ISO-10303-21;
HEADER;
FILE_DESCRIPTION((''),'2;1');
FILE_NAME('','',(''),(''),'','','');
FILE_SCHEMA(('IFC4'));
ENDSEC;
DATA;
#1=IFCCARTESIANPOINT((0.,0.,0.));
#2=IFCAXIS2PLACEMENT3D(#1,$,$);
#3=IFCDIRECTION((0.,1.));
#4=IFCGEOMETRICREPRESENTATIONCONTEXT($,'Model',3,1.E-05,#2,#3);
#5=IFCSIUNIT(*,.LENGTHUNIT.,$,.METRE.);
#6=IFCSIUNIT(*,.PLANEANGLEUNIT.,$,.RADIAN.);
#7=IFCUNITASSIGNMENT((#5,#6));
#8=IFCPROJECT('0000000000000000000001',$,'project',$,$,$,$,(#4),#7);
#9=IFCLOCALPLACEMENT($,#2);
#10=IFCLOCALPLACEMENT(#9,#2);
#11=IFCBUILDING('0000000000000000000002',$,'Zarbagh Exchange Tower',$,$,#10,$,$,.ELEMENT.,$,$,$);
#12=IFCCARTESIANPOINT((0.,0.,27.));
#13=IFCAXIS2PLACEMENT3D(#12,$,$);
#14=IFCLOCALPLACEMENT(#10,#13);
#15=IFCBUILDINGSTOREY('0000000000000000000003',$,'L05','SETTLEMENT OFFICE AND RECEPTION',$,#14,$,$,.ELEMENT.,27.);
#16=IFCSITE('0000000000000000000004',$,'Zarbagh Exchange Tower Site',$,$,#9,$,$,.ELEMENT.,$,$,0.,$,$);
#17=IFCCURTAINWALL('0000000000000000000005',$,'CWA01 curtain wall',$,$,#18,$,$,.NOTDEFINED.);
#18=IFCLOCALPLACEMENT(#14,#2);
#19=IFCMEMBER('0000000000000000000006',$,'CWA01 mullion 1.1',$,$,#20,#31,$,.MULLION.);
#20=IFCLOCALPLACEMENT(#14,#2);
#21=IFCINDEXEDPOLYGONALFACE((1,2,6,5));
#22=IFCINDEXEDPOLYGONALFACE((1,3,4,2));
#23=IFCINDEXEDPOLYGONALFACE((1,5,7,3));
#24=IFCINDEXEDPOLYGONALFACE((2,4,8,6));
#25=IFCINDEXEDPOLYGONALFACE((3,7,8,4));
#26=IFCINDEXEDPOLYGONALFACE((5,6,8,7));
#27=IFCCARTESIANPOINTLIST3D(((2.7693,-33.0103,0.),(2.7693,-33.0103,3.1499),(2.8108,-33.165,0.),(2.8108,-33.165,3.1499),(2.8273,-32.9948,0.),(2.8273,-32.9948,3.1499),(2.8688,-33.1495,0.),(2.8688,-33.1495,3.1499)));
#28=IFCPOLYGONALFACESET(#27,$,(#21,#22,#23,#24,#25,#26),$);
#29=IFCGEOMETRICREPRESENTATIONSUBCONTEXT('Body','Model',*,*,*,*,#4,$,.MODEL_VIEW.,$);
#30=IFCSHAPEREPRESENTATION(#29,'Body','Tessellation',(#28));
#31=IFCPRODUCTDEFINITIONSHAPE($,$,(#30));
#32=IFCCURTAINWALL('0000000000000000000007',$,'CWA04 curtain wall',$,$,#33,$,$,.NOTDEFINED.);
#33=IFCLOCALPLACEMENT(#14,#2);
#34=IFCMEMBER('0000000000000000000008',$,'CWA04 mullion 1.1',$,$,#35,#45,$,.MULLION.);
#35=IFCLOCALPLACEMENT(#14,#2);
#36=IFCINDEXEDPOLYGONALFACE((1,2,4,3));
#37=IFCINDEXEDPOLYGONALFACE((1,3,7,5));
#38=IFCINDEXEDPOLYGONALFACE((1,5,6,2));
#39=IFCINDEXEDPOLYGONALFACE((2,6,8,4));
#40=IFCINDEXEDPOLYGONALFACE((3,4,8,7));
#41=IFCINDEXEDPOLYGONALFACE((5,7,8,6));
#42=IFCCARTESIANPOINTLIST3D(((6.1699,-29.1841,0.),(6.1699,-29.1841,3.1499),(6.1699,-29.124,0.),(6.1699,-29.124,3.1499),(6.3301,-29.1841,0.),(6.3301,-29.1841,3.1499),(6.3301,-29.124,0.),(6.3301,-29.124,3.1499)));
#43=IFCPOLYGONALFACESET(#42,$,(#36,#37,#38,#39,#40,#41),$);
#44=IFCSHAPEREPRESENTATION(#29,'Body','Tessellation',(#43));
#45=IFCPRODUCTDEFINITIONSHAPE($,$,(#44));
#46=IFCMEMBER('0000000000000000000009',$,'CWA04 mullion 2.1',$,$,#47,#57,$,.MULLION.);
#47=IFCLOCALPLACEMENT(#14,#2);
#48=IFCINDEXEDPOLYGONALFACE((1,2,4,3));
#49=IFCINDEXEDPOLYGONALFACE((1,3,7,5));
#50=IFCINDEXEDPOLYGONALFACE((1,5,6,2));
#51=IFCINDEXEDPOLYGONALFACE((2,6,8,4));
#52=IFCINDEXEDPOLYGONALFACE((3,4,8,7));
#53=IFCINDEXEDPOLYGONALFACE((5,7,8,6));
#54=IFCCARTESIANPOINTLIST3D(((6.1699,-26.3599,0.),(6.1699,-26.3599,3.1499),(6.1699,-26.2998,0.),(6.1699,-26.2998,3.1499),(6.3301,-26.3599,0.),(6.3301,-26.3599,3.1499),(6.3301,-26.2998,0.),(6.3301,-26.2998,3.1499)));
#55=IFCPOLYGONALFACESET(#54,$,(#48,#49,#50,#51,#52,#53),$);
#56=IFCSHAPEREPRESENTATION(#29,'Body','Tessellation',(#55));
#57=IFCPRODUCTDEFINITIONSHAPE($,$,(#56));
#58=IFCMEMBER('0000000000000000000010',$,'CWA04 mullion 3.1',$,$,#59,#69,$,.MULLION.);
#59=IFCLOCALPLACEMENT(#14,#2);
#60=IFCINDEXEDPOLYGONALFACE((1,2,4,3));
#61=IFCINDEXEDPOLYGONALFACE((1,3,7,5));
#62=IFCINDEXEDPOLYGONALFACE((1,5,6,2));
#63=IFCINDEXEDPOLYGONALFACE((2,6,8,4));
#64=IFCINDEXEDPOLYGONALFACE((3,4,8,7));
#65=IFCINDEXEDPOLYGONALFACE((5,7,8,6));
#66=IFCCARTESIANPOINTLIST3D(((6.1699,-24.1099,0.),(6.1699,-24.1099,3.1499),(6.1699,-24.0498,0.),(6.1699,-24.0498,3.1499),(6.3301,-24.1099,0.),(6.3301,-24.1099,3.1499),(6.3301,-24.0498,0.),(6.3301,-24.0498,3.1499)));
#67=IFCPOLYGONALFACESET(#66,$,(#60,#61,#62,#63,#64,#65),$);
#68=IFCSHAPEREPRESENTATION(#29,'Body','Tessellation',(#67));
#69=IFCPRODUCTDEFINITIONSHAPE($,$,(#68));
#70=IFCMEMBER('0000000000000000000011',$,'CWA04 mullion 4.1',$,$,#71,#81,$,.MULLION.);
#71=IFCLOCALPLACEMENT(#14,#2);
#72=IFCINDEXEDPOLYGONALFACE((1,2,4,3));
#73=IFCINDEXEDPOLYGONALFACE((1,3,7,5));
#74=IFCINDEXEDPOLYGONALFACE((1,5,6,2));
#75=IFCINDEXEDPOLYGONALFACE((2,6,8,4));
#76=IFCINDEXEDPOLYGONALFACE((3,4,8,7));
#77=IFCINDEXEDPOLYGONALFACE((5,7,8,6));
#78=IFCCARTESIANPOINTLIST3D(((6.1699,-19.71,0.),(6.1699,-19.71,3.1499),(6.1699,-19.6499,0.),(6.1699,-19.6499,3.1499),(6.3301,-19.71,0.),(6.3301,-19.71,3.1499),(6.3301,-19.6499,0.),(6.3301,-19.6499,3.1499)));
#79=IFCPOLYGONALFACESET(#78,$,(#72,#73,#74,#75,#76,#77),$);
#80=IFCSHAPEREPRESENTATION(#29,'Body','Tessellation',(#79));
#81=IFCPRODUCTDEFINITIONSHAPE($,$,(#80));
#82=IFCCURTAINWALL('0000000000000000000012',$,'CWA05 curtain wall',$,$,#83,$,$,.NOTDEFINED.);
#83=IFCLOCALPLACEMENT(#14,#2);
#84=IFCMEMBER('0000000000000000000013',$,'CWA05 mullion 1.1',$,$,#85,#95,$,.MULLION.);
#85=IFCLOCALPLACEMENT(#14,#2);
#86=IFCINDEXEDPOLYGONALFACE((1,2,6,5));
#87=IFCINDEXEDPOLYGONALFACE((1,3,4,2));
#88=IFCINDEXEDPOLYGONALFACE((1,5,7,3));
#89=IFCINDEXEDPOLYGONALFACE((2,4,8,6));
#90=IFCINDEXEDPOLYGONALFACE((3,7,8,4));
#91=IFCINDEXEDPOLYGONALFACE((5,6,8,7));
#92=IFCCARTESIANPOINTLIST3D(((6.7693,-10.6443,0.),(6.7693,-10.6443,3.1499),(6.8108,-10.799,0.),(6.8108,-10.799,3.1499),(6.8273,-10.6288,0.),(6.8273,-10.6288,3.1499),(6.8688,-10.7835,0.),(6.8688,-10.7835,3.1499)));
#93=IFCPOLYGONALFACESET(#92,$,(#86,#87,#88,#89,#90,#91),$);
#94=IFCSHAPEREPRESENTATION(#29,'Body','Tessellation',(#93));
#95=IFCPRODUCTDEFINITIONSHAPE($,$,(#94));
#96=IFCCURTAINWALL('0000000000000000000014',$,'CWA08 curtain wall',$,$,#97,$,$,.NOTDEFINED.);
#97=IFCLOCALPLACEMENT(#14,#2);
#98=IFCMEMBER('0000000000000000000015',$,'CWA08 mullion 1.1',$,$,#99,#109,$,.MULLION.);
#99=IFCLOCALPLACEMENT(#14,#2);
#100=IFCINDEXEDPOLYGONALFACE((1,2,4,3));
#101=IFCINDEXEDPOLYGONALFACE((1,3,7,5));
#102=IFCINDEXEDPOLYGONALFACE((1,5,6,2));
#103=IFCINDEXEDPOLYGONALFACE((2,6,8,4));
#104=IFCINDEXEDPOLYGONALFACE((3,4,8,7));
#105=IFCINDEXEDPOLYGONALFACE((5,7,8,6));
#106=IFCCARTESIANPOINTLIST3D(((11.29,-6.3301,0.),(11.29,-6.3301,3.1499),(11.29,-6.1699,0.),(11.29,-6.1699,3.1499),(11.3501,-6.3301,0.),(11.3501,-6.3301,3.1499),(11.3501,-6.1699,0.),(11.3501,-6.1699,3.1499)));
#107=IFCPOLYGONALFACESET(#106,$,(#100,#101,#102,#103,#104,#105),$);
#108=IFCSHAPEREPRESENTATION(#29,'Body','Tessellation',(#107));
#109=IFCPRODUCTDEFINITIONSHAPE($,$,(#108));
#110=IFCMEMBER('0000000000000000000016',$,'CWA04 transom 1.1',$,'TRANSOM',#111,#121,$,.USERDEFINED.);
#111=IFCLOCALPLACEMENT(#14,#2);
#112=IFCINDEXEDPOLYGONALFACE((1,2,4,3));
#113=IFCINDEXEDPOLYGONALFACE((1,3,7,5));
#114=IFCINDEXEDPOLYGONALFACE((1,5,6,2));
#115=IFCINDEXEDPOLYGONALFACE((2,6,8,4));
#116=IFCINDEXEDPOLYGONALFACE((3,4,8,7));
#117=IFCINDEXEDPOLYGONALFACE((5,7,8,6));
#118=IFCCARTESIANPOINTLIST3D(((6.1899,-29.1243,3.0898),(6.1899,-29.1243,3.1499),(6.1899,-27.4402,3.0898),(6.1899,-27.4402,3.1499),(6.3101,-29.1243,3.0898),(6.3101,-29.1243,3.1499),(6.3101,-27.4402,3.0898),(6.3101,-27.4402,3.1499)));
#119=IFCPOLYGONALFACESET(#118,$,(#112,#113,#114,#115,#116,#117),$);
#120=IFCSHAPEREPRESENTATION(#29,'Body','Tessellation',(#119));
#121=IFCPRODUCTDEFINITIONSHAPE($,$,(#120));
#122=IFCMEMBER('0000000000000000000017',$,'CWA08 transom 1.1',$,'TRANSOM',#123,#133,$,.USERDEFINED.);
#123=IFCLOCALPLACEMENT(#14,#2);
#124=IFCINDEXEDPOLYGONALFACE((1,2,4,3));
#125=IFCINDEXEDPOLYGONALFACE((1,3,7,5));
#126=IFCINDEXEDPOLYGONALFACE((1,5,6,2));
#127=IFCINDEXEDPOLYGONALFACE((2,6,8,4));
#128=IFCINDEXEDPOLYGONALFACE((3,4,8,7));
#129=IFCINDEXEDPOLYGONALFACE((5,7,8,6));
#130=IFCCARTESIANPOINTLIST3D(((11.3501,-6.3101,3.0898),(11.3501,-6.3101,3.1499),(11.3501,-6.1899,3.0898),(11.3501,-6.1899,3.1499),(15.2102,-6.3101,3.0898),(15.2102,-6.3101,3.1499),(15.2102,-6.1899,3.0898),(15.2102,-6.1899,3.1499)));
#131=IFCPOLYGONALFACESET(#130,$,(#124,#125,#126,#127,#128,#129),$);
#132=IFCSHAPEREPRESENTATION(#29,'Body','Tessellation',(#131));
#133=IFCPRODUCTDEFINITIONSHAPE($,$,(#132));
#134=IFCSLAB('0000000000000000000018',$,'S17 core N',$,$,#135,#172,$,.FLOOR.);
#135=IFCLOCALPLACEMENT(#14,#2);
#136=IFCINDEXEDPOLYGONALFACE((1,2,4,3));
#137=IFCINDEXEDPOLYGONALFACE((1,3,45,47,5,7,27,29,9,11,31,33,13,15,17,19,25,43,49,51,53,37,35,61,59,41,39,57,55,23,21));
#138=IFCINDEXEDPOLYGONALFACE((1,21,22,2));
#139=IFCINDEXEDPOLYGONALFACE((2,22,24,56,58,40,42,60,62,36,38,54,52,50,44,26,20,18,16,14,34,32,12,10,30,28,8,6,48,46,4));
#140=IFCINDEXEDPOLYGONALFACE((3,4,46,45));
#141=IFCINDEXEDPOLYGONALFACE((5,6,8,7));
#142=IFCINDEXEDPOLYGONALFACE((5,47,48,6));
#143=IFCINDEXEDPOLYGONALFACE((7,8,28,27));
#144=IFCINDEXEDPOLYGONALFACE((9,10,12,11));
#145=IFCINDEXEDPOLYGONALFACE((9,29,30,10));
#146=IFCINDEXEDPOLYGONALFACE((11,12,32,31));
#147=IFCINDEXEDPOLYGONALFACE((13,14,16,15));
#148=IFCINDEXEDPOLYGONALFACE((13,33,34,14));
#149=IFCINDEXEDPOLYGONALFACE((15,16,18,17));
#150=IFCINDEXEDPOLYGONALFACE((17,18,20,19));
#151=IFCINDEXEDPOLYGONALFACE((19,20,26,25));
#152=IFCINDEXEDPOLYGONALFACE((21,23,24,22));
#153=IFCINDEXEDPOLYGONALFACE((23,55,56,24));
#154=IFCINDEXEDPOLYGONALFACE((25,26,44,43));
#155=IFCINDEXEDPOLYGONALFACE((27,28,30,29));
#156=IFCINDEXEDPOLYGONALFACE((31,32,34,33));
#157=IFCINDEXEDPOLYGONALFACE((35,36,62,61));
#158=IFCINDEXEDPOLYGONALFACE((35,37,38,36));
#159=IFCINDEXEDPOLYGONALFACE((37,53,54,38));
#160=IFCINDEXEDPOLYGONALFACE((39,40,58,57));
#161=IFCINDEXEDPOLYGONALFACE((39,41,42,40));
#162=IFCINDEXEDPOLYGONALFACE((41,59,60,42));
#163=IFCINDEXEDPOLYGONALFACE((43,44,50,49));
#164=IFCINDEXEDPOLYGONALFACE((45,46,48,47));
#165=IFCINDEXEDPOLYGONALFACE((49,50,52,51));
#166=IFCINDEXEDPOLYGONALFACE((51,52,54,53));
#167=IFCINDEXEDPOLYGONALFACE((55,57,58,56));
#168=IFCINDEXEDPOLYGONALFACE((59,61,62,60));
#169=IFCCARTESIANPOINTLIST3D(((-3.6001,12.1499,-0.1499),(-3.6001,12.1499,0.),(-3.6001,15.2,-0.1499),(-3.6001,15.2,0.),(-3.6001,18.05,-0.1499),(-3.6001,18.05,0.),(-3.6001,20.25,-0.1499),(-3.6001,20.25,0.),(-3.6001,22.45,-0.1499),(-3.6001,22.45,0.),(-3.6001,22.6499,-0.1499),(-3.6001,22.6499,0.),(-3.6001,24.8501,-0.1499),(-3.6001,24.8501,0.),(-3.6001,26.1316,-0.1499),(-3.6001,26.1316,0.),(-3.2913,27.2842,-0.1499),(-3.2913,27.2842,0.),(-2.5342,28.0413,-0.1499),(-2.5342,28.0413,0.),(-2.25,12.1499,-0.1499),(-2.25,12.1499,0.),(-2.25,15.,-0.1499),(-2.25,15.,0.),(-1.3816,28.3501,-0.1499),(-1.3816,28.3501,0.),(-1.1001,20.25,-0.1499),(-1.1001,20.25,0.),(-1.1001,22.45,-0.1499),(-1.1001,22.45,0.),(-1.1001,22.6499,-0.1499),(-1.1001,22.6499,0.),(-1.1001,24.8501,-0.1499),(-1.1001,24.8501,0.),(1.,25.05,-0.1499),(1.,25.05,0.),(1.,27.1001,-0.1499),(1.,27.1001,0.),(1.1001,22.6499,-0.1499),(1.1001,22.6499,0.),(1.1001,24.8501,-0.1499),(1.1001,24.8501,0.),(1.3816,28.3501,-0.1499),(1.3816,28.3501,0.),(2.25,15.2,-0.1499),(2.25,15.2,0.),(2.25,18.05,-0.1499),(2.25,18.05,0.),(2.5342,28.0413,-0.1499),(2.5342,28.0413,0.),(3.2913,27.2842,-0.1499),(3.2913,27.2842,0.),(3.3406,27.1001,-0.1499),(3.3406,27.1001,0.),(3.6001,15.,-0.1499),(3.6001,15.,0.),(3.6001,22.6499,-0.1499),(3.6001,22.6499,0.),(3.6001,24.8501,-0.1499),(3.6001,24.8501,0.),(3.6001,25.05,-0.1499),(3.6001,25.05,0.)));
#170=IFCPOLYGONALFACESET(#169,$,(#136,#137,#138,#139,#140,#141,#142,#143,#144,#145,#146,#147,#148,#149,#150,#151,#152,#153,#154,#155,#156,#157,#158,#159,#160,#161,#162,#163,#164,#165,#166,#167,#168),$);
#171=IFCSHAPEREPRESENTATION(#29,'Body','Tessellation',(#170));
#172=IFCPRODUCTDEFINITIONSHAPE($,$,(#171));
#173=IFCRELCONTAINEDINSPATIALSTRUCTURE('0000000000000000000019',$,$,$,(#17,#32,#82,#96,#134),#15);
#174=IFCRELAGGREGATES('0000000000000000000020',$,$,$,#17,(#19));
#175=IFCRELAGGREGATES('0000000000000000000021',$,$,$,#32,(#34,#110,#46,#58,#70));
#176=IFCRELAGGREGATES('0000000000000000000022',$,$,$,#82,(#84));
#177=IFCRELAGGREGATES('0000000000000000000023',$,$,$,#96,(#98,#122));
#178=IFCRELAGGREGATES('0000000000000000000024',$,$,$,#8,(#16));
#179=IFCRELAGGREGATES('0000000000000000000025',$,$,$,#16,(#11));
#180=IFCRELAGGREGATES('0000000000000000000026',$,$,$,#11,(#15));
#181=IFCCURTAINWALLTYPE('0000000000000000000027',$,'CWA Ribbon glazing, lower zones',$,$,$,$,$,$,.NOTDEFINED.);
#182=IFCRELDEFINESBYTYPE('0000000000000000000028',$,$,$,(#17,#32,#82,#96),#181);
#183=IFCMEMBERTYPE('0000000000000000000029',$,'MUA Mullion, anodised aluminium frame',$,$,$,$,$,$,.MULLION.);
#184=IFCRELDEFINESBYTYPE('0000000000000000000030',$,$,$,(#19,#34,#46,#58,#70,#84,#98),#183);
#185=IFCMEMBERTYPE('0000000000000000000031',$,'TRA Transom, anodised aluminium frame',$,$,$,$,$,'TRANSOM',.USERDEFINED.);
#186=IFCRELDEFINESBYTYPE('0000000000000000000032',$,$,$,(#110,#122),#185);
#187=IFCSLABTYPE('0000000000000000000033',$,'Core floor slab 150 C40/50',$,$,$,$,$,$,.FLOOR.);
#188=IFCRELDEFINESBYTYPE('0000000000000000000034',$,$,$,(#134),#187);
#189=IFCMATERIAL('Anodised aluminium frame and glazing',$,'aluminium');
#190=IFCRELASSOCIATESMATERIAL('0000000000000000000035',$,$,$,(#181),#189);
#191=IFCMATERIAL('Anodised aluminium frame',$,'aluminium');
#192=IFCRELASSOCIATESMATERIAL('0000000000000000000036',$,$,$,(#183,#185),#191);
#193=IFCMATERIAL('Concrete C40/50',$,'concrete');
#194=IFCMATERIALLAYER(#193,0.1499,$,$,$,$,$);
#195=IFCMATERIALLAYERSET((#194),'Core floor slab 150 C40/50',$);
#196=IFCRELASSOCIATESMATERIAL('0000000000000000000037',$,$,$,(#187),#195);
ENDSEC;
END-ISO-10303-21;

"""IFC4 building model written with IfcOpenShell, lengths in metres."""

from ifc_helpers import new_model, si_unit, direction, frame, origin, place, context, subcontext, project, spatial, polyline, outline, extrude, source, transform, mapped, material, layer, layer_set, type_object, element, aggregate, save


model = new_model("IFC4")

# Units and contexts
model_context = context("Model", 3, precision=1e-05, world=origin(), true_north=direction((0.0, 1.0)))
body_context = subcontext(model_context, "Body", "Model", "MODEL_VIEW")
ifc_project = project(units=[si_unit("LENGTHUNIT", "METRE"), si_unit("PLANEANGLEUNIT", "RADIAN")], contexts=[model_context])

# Site, building, storey
site_placement = place(None, origin())
site = spatial("IfcSite", under=ifc_project, at=site_placement, Name="Zarbagh Exchange Tower Site", CompositionType="ELEMENT", RefElevation=0.0)
building_placement = place(site_placement, origin())
building = spatial("IfcBuilding", under=site, at=building_placement, Name="Zarbagh Exchange Tower", CompositionType="ELEMENT")
storey_placement = place(building_placement, frame((0.0, 0.0, 27.0)))
storey = spatial("IfcBuildingStorey", under=building, at=storey_placement, Name="L05", Description="SETTLEMENT OFFICE AND RECEPTION", CompositionType="ELEMENT", Elevation=27.0)

# Curtain wall, member
ifc_material_1 = material(Name="Anodised aluminium frame and glazing", Category="aluminium")
curtain_wall_type = type_object("IfcCurtainWallType", Name="CWA Ribbon glazing, lower zones", PredefinedType="NOTDEFINED", material=ifc_material_1)
curtain_wall_1_placement = place(storey_placement, origin())
curtain_wall_1 = element("IfcCurtainWall", 1, at=curtain_wall_1_placement, inside=storey, type_object=curtain_wall_type, Name="CWA01 curtain wall", PredefinedType="NOTDEFINED")
ifc_material_2 = material(Name="Anodised aluminium frame", Category="aluminium")
member_type_1 = type_object("IfcMemberType", Name="MUA Mullion, anodised aluminium frame", PredefinedType="MULLION", material=ifc_material_2)
shared_shape_1 = source(origin(), body_context, "Body", "SweptSolid", [
    extrude(outline(polyline([(0.0, -0.0801), (0.0601, -0.0801), (0.0601, 0.0801), (0.0, 0.0801), (0.0, -0.0801)])), origin(), (0.0, 0.0, 1.0), 3.1499),
])
placement = place(storey_placement, origin())
member_1 = element("IfcMember", 2, at=placement, type_object=member_type_1, Name="CWA01 mullion 1.1", PredefinedType="MULLION", context=body_context, shape_type="MappedRepresentation", body=[
    mapped(shared_shape_1, transform((2.79, -33.0876, 0.0), x_axis=(0.965924, 0.258825, 0.0), y_axis=(-0.258825, 0.965924, 0.0), z_axis=(0.0, 0.0, 1.0))),
])

# Curtain wall, members
curtain_wall_2_placement = place(storey_placement, origin())
curtain_wall_2 = element("IfcCurtainWall", 3, at=curtain_wall_2_placement, inside=storey, type_object=curtain_wall_type, Name="CWA04 curtain wall", PredefinedType="NOTDEFINED")
member_2 = element("IfcMember", 4, at=placement, type_object=member_type_1, Name="CWA04 mullion 1.1", PredefinedType="MULLION", context=body_context, shape_type="MappedRepresentation", body=[
    mapped(shared_shape_1, transform((6.25, -29.1841, 0.0), x_axis=(0.0, 1.0, 0.0), y_axis=(-1.0, 0.0, 0.0), z_axis=(0.0, 0.0, 1.0))),
])
member_3 = element("IfcMember", 5, at=placement, type_object=member_type_1, Name="CWA04 mullion 2.1", PredefinedType="MULLION", context=body_context, shape_type="MappedRepresentation", body=[
    mapped(shared_shape_1, transform((6.25, -26.3599, 0.0), x_axis=(0.0, 1.0, 0.0), y_axis=(-1.0, 0.0, 0.0), z_axis=(0.0, 0.0, 1.0))),
])
member_4 = element("IfcMember", 6, at=placement, type_object=member_type_1, Name="CWA04 mullion 3.1", PredefinedType="MULLION", context=body_context, shape_type="MappedRepresentation", body=[
    mapped(shared_shape_1, transform((6.25, -24.1099, 0.0), x_axis=(0.0, 1.0, 0.0), y_axis=(-1.0, 0.0, 0.0), z_axis=(0.0, 0.0, 1.0))),
])
member_5 = element("IfcMember", 7, at=placement, type_object=member_type_1, Name="CWA04 mullion 4.1", PredefinedType="MULLION", context=body_context, shape_type="MappedRepresentation", body=[
    mapped(shared_shape_1, transform((6.25, -19.71, 0.0), x_axis=(0.0, 1.0, 0.0), y_axis=(-1.0, 0.0, 0.0), z_axis=(0.0, 0.0, 1.0))),
])

# Curtain walls, members
curtain_wall_3_placement = place(storey_placement, origin())
curtain_wall_3 = element("IfcCurtainWall", 8, at=curtain_wall_3_placement, inside=storey, type_object=curtain_wall_type, Name="CWA05 curtain wall", PredefinedType="NOTDEFINED")
member_6 = element("IfcMember", 9, at=placement, type_object=member_type_1, Name="CWA05 mullion 1.1", PredefinedType="MULLION", context=body_context, shape_type="MappedRepresentation", body=[
    mapped(shared_shape_1, transform((6.79, -10.7217, 0.0), x_axis=(0.965924, 0.258825, 0.0), y_axis=(-0.258825, 0.965924, 0.0), z_axis=(0.0, 0.0, 1.0))),
])
curtain_wall_4_placement = place(storey_placement, origin())
curtain_wall_4 = element("IfcCurtainWall", 10, at=curtain_wall_4_placement, inside=storey, type_object=curtain_wall_type, Name="CWA08 curtain wall", PredefinedType="NOTDEFINED")
member_7 = element("IfcMember", 11, at=placement, type_object=member_type_1, Name="CWA08 mullion 1.1", PredefinedType="MULLION", context=body_context, shape_type="MappedRepresentation", body=[
    mapped(shared_shape_1, transform((11.29, -6.25, 0.0), x_axis=(1.0, 0.0, 0.0), y_axis=(0.0, 1.0, 0.0), z_axis=(0.0, 0.0, 1.0))),
])

# Members
member_type_2 = type_object("IfcMemberType", Name="TRA Transom, anodised aluminium frame", ElementType="TRANSOM", PredefinedType="USERDEFINED", material=ifc_material_2)
shared_shape_2 = source(origin(), body_context, "Body", "SweptSolid", [
    extrude(outline(polyline([(-0.0601, -0.0601), (0.0, -0.0601), (0.0, 0.0601), (-0.0601, 0.0601), (-0.0601, -0.0601)])), origin(), (0.0, 0.0, 1.0), 1.6841),
])
member_8 = element("IfcMember", 12, at=placement, type_object=member_type_2, Name="CWA04 transom 1.1", ObjectType="TRANSOM", PredefinedType="USERDEFINED", context=body_context, shape_type="MappedRepresentation", body=[
    mapped(shared_shape_2, transform((6.25, -29.1243, 3.1499), x_axis=(0.0, 0.0, 1.0), y_axis=(1.0, 0.0, 0.0), z_axis=(0.0, 1.0, 0.0))),
])
shared_shape_3 = source(origin(), body_context, "Body", "SweptSolid", [
    extrude(outline(polyline([(-0.0601, -0.0601), (0.0, -0.0601), (0.0, 0.0601), (-0.0601, 0.0601), (-0.0601, -0.0601)])), origin(), (0.0, 0.0, 1.0), 3.8601),
])
member_9 = element("IfcMember", 13, at=placement, type_object=member_type_2, Name="CWA08 transom 1.1", ObjectType="TRANSOM", PredefinedType="USERDEFINED", context=body_context, shape_type="MappedRepresentation", body=[
    mapped(shared_shape_3, transform((11.3501, -6.25, 3.1499), x_axis=(0.0, 0.0, 1.0), y_axis=(0.0, -1.0, 0.0), z_axis=(1.0, 0.0, 0.0))),
])

# Slab
ifc_material_3 = material(Name="Concrete C40/50", Category="concrete")
ifc_layer_1 = layer(ifc_material_3, 0.1499)
ifc_layer_set_1 = layer_set([ifc_layer_1], Name="Core floor slab 150 C40/50")
slab_type = type_object("IfcSlabType", Name="Core floor slab 150 C40/50", PredefinedType="FLOOR", material=ifc_layer_set_1)
slab_1_placement = place(storey_placement, frame((0.0, 0.0, -0.1499)))
element("IfcSlab", 14, at=slab_1_placement, inside=storey, type_object=slab_type, Name="S17 core N", PredefinedType="FLOOR", context=body_context, shape_type="SweptSolid", body=[
    extrude(outline(polyline([(-3.6001, 12.1499), (-3.6001, 15.2), (2.25, 15.2), (2.25, 18.05), (-3.6001, 18.05), (-3.6001, 20.25), (-1.1001, 20.25), (-1.1001, 22.45), (-3.6001, 22.45), (-3.6001, 22.6499), (-1.1001, 22.6499), (-1.1001, 24.8501), (-3.6001, 24.8501), (-3.6001, 26.1316), (-3.2913, 27.2842), (-2.5342, 28.0413), (-1.3816, 28.3501), (1.3816, 28.3501), (2.5342, 28.0413), (3.2913, 27.2842), (3.3406, 27.1001), (1.0, 27.1001), (1.0, 25.05), (3.6001, 25.05), (3.6001, 24.8501), (1.1001, 24.8501), (1.1001, 22.6499), (3.6001, 22.6499), (3.6001, 15.0), (-2.25, 15.0), (-2.25, 12.1499), (-3.6001, 12.1499)])), origin(), (0.0, 0.0, 1.0), 0.1499),
])

aggregate(curtain_wall_1, [member_1])

aggregate(curtain_wall_2, [member_2, member_8, member_3, member_4, member_5])
aggregate(curtain_wall_3, [member_6])

aggregate(curtain_wall_4, [member_7, member_9])

save(model, "model.ifc")
